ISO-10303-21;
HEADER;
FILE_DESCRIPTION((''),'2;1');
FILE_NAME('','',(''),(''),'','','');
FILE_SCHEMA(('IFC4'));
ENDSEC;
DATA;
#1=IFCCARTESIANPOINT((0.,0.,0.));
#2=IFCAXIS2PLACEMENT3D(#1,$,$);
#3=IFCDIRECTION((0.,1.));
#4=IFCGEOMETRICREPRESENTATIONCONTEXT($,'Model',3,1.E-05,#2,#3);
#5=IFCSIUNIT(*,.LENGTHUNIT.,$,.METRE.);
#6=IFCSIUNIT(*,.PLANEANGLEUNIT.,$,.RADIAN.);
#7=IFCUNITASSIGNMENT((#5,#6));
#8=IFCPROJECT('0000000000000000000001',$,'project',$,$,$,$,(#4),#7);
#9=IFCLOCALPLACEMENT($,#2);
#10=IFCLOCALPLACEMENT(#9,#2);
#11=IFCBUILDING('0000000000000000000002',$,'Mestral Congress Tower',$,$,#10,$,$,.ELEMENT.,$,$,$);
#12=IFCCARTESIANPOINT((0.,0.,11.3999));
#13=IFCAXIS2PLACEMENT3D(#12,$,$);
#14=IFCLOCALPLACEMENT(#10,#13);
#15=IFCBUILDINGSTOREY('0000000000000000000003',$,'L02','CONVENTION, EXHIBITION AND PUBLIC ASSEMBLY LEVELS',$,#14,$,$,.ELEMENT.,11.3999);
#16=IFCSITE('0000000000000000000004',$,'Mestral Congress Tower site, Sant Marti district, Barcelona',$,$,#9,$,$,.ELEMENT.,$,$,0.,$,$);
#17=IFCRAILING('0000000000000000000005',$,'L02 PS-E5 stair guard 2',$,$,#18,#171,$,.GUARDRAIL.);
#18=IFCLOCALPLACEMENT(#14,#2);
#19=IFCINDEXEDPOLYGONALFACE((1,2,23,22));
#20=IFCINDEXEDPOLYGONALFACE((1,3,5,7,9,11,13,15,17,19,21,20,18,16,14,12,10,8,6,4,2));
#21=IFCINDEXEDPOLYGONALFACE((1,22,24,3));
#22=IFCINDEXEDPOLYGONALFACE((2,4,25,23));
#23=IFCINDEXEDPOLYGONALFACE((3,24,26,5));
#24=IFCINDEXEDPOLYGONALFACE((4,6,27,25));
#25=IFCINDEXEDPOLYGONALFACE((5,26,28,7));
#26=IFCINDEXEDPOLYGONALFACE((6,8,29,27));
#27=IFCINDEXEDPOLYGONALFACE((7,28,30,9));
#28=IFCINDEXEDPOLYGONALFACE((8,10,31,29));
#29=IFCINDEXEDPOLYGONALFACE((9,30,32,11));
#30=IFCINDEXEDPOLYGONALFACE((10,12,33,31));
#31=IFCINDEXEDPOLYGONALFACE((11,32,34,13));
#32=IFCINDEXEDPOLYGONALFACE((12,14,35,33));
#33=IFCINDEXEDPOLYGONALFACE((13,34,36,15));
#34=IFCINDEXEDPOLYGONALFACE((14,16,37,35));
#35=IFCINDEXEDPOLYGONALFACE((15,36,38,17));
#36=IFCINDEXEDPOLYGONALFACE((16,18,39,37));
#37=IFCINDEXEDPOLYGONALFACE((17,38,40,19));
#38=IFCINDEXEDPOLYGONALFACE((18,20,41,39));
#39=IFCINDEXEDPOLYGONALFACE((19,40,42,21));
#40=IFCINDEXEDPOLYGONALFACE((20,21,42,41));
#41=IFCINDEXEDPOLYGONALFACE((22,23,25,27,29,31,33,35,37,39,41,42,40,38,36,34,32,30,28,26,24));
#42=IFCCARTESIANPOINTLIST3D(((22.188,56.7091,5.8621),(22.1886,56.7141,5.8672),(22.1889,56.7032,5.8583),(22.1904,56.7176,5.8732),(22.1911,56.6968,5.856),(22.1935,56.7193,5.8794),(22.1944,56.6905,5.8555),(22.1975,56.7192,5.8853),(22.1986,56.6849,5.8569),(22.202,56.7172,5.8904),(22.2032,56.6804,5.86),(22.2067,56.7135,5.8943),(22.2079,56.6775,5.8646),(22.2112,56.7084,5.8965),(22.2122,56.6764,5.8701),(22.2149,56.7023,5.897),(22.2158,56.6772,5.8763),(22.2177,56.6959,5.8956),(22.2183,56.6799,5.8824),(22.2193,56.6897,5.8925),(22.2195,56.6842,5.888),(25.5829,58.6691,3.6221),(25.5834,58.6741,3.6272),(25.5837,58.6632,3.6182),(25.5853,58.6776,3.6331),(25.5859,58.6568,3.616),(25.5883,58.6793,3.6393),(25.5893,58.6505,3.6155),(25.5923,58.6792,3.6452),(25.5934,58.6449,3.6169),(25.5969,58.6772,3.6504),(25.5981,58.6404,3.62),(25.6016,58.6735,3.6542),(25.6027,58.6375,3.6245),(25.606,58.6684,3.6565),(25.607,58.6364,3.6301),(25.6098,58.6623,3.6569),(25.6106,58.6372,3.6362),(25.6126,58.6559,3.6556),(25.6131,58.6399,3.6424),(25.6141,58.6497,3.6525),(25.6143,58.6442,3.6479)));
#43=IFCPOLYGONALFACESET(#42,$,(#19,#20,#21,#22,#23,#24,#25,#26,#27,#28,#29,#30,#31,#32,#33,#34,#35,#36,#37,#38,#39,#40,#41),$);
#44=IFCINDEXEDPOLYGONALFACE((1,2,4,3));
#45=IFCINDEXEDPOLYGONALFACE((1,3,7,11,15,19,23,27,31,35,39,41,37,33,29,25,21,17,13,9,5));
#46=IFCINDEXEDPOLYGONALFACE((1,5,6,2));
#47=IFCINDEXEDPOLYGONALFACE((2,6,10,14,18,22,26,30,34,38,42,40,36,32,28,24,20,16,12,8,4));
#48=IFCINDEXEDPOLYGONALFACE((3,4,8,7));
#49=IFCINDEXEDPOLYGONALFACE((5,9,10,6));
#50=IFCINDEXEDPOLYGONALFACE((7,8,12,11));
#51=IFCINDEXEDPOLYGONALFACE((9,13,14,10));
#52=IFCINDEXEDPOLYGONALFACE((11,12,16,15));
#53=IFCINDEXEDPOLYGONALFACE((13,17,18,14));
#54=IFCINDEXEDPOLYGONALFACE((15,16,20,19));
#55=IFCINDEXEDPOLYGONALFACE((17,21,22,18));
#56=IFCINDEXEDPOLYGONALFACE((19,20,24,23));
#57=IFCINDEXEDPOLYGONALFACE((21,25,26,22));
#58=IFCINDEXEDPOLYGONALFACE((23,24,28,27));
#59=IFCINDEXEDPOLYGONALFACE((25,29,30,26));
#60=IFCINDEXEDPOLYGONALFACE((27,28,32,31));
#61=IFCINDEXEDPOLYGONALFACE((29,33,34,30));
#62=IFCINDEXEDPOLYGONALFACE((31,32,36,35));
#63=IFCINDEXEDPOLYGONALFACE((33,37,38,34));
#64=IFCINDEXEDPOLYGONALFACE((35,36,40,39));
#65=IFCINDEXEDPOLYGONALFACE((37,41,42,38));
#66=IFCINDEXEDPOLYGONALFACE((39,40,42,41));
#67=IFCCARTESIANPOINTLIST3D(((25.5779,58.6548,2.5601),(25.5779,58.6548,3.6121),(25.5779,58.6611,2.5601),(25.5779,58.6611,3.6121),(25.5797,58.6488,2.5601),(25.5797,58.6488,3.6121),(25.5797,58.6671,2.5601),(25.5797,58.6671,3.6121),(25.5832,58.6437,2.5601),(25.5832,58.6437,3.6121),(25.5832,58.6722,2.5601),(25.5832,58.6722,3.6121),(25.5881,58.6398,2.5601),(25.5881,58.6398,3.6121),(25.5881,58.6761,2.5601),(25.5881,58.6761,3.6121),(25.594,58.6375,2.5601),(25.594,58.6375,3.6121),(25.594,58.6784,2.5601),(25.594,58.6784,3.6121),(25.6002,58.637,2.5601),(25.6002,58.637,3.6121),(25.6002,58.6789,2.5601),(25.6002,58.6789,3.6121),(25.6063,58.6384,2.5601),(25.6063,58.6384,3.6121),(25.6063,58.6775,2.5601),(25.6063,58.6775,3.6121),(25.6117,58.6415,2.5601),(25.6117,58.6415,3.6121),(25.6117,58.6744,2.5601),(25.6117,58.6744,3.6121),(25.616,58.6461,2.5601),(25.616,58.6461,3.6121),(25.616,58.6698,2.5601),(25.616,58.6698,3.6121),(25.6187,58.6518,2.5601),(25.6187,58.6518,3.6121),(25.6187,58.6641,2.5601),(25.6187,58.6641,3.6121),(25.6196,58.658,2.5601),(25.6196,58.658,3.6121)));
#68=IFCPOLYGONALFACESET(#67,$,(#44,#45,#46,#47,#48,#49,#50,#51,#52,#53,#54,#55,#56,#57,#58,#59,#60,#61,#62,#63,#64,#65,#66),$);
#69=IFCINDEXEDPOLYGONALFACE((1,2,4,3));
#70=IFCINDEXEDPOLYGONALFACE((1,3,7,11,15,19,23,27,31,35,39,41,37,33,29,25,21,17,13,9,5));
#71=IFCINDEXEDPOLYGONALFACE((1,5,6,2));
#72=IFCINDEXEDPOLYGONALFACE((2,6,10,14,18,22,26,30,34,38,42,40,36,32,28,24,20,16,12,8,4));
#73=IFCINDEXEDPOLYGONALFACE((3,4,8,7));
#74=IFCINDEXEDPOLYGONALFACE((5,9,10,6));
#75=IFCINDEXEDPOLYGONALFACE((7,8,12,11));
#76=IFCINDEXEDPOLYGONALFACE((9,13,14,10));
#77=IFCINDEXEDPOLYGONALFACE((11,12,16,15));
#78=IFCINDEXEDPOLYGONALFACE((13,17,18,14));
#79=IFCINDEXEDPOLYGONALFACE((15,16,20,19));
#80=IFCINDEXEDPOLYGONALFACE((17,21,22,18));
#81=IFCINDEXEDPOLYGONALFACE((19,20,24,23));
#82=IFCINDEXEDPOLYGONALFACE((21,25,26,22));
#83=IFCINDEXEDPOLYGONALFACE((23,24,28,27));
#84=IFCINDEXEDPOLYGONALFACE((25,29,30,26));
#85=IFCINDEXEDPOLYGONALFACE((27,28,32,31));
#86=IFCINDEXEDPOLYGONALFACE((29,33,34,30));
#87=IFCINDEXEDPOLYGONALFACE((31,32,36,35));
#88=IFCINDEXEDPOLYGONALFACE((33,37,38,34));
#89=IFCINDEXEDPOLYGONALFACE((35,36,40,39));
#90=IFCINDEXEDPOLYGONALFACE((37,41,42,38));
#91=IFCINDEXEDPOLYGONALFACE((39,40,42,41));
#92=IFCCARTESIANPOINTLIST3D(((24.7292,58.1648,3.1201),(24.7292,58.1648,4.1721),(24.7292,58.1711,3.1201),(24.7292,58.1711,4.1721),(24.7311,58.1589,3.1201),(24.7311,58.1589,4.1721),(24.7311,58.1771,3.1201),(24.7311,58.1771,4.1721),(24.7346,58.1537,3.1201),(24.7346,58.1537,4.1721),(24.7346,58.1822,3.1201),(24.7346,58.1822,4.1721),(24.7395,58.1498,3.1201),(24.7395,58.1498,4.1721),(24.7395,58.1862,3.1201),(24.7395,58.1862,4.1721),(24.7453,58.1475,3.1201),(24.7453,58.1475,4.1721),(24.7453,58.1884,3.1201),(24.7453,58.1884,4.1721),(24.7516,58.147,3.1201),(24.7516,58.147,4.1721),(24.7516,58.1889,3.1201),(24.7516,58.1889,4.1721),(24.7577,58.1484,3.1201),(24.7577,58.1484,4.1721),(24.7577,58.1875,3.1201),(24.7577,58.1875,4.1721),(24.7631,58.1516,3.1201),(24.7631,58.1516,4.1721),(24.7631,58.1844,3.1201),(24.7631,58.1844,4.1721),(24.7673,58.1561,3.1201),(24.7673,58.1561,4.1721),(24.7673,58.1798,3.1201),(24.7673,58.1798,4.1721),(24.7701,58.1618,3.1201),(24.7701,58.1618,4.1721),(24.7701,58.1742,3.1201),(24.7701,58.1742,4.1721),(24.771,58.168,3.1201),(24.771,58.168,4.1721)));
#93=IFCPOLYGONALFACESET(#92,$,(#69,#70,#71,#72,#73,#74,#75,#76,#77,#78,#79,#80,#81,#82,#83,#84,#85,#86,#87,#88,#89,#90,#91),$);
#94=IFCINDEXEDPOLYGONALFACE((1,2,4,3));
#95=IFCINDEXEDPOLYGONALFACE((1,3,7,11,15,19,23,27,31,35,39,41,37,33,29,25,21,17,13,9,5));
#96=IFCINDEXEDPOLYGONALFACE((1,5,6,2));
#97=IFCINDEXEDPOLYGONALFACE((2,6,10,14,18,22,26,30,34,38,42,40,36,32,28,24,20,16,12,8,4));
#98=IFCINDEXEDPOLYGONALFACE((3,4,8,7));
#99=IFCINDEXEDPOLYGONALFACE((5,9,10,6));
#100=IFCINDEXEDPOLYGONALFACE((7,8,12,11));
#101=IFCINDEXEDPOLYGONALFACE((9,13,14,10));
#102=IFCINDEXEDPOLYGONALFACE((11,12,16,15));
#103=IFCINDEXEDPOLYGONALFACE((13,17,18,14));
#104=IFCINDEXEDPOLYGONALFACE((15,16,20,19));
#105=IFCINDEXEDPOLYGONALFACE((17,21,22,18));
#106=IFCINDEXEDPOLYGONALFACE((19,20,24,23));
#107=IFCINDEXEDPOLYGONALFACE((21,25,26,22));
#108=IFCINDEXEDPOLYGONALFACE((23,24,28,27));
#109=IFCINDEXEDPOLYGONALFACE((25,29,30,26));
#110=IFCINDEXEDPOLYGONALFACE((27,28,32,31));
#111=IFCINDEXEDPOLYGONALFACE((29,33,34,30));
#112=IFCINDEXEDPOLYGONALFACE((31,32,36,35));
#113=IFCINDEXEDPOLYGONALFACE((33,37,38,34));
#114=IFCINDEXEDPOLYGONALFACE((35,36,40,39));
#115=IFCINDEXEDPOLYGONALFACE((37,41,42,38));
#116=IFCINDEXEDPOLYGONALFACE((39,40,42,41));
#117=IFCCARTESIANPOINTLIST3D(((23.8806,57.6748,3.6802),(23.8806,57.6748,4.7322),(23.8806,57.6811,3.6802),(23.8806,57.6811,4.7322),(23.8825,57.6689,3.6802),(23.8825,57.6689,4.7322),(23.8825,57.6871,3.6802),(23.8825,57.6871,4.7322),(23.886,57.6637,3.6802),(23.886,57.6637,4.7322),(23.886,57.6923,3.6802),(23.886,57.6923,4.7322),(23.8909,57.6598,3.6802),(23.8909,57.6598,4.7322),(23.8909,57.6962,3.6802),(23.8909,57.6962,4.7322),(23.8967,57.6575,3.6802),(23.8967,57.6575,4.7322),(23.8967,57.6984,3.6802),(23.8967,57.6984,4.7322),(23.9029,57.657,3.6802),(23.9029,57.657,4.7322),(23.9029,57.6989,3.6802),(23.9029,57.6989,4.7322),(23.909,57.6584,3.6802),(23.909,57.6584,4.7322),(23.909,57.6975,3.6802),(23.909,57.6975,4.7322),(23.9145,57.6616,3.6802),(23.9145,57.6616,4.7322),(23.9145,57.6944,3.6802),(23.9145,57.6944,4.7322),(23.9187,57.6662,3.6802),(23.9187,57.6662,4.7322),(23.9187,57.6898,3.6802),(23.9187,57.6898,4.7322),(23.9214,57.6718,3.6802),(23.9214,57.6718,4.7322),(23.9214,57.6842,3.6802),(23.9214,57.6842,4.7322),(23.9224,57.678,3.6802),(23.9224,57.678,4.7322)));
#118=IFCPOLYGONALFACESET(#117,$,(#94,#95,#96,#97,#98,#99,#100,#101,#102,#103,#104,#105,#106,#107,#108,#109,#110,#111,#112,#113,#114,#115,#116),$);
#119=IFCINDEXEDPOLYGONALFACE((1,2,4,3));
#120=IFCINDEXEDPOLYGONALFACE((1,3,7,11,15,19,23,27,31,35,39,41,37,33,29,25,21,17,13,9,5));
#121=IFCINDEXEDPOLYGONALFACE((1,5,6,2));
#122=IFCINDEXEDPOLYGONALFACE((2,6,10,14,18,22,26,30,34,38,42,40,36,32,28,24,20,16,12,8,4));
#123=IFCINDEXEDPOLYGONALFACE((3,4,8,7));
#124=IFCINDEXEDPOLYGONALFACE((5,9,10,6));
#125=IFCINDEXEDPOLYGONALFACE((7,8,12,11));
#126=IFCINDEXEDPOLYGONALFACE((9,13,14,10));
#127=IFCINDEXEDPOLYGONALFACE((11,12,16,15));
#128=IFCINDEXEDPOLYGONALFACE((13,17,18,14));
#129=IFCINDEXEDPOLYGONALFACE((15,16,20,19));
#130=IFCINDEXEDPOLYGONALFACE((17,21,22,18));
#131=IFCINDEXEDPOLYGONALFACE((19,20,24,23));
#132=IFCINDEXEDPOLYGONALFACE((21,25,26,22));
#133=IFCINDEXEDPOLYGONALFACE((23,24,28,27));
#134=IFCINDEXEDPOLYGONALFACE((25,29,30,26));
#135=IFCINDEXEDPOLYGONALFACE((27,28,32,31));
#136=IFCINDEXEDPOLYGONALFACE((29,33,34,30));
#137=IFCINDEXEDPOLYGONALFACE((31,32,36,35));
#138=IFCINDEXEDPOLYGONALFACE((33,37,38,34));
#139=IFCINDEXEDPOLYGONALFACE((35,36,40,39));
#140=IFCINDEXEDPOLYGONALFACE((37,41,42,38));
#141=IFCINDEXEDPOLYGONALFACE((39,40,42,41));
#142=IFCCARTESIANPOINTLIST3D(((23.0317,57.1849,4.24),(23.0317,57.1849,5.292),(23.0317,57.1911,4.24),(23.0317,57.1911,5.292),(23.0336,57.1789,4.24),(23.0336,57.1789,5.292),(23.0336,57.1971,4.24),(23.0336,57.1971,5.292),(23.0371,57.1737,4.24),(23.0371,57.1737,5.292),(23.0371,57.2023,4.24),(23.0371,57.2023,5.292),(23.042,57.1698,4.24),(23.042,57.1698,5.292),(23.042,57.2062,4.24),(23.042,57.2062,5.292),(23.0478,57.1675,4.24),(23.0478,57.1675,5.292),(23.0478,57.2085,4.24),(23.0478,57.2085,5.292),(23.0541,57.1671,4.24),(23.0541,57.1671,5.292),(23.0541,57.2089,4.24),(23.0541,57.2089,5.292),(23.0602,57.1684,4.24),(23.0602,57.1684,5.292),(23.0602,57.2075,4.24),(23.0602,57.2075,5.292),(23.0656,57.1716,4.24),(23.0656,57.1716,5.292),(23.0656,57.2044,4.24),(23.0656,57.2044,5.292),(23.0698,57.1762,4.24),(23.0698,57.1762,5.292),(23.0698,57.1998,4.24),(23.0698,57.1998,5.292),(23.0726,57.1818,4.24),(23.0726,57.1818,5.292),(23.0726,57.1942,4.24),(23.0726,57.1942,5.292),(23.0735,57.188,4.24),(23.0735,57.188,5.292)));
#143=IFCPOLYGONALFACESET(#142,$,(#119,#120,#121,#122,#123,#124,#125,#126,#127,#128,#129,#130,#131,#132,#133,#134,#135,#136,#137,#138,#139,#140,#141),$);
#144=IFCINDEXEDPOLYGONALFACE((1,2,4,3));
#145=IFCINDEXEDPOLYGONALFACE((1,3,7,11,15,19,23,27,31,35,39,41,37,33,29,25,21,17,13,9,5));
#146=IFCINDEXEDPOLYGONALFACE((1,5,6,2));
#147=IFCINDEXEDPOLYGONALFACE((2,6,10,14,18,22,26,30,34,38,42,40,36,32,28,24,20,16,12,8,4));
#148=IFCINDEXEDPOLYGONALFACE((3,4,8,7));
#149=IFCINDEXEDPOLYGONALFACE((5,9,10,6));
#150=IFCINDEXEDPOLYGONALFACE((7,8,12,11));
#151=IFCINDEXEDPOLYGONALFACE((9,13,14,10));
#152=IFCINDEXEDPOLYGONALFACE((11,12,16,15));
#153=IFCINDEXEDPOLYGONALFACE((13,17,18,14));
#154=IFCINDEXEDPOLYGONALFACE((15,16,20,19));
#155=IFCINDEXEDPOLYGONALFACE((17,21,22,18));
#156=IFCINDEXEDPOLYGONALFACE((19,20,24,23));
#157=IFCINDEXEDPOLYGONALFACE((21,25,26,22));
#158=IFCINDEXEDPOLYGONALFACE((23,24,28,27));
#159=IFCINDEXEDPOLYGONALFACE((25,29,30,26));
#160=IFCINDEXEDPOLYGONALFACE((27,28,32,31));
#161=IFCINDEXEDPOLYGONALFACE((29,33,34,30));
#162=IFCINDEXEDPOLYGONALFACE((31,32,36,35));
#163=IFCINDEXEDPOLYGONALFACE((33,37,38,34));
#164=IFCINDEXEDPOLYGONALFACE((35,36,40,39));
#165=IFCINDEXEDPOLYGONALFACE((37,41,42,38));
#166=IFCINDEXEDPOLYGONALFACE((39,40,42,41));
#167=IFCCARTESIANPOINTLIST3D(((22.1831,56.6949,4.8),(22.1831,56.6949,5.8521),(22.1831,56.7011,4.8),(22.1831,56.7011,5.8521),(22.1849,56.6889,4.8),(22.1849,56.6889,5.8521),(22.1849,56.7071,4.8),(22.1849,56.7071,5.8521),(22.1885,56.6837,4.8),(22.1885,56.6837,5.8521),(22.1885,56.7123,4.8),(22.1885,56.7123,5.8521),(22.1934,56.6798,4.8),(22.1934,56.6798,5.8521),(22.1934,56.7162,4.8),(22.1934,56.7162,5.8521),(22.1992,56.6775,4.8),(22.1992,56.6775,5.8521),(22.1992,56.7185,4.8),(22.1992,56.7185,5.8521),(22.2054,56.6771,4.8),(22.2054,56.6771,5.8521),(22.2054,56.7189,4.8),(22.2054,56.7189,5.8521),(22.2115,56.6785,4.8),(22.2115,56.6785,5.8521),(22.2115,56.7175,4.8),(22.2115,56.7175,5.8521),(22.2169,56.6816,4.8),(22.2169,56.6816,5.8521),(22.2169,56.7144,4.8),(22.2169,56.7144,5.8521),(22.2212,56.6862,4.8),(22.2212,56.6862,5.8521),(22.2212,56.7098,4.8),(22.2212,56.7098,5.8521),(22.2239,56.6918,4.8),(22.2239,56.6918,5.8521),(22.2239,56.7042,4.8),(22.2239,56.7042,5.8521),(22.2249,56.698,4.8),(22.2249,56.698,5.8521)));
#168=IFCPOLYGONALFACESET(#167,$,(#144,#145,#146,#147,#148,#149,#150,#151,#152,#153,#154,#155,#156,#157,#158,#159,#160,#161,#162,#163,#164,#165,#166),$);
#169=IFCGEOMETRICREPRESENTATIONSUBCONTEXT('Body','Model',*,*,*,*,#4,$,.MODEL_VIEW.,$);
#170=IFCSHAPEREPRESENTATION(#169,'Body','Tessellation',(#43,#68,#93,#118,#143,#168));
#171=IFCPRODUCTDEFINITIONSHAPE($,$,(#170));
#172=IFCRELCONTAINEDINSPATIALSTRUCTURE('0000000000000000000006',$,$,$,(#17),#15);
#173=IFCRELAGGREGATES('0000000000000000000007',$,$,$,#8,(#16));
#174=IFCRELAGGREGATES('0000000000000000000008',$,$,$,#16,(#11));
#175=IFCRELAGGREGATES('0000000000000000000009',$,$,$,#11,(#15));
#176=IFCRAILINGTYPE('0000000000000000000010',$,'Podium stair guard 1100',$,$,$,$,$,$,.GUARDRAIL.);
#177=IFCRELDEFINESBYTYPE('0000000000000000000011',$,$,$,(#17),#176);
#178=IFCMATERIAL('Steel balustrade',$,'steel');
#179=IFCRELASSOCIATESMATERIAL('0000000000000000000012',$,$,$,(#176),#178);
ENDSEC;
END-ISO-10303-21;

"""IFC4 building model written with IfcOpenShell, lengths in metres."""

from ifc_helpers import new_model, si_unit, direction, frame, origin, origin_2d, place, context, subcontext, project, spatial, circle, extrude, material, type_object, element, save


model = new_model("IFC4")

# Units and contexts
model_context = context("Model", 3, precision=1e-05, world=origin(), true_north=direction((0.0, 1.0)))
body_context = subcontext(model_context, "Body", "Model", "MODEL_VIEW")
ifc_project = project(units=[si_unit("LENGTHUNIT", "METRE"), si_unit("PLANEANGLEUNIT", "RADIAN")], contexts=[model_context])

# Site, building, storey
site_placement = place(None, origin())
site = spatial("IfcSite", under=ifc_project, at=site_placement, Name="Mestral Congress Tower site, Sant Marti district, Barcelona", CompositionType="ELEMENT", RefElevation=0.0)
building_placement = place(site_placement, origin())
building = spatial("IfcBuilding", under=site, at=building_placement, Name="Mestral Congress Tower", CompositionType="ELEMENT")
storey_placement = place(building_placement, frame((0.0, 0.0, 11.3999)))
storey = spatial("IfcBuildingStorey", under=building, at=storey_placement, Name="L02", Description="CONVENTION, EXHIBITION AND PUBLIC ASSEMBLY LEVELS", CompositionType="ELEMENT", Elevation=11.3999)

# Railing
ifc_material_1 = material(Name="Steel balustrade", Category="steel")
railing_type_1 = type_object("IfcRailingType", Name="Podium stair guard 1100", PredefinedType="GUARDRAIL", material=ifc_material_1)
railing_1_placement = place(storey_placement, frame((25.5986, 58.658, 2.5601)))
element("IfcRailing", 1, at=railing_1_placement, inside=storey, type_object=railing_type_1, Name="L02 PS-E5 stair guard 2", PredefinedType="GUARDRAIL", context=body_context, shape_type="SweptSolid", body=[
    extrude(circle(Radius=0.0239, at=origin_2d()), frame((0.0, 0.0, 1.0762), z_axis=(-0.75192, -0.434118, 0.496143), x_axis=(0.499997, -0.866027, 0.0)), (0.0, 0.0, 1.0), 4.5149),
    extrude(circle(Radius=0.021, at=origin_2d()), origin(), (0.0, 0.0, 1.0), 1.052),
    extrude(circle(Radius=0.021, at=origin_2d()), frame((-0.8486, -0.49, 0.5601)), (0.0, 0.0, 1.0), 1.052),
    extrude(circle(Radius=0.021, at=origin_2d()), frame((-1.6973, -0.98, 1.1201)), (0.0, 0.0, 1.0), 1.052),
    extrude(circle(Radius=0.021, at=origin_2d()), frame((-2.5461, -1.47, 1.6799)), (0.0, 0.0, 1.0), 1.052),
    extrude(circle(Radius=0.021, at=origin_2d()), frame((-3.3948, -1.96, 2.24)), (0.0, 0.0, 1.0), 1.052),
])

save(model, "model.ifc")
